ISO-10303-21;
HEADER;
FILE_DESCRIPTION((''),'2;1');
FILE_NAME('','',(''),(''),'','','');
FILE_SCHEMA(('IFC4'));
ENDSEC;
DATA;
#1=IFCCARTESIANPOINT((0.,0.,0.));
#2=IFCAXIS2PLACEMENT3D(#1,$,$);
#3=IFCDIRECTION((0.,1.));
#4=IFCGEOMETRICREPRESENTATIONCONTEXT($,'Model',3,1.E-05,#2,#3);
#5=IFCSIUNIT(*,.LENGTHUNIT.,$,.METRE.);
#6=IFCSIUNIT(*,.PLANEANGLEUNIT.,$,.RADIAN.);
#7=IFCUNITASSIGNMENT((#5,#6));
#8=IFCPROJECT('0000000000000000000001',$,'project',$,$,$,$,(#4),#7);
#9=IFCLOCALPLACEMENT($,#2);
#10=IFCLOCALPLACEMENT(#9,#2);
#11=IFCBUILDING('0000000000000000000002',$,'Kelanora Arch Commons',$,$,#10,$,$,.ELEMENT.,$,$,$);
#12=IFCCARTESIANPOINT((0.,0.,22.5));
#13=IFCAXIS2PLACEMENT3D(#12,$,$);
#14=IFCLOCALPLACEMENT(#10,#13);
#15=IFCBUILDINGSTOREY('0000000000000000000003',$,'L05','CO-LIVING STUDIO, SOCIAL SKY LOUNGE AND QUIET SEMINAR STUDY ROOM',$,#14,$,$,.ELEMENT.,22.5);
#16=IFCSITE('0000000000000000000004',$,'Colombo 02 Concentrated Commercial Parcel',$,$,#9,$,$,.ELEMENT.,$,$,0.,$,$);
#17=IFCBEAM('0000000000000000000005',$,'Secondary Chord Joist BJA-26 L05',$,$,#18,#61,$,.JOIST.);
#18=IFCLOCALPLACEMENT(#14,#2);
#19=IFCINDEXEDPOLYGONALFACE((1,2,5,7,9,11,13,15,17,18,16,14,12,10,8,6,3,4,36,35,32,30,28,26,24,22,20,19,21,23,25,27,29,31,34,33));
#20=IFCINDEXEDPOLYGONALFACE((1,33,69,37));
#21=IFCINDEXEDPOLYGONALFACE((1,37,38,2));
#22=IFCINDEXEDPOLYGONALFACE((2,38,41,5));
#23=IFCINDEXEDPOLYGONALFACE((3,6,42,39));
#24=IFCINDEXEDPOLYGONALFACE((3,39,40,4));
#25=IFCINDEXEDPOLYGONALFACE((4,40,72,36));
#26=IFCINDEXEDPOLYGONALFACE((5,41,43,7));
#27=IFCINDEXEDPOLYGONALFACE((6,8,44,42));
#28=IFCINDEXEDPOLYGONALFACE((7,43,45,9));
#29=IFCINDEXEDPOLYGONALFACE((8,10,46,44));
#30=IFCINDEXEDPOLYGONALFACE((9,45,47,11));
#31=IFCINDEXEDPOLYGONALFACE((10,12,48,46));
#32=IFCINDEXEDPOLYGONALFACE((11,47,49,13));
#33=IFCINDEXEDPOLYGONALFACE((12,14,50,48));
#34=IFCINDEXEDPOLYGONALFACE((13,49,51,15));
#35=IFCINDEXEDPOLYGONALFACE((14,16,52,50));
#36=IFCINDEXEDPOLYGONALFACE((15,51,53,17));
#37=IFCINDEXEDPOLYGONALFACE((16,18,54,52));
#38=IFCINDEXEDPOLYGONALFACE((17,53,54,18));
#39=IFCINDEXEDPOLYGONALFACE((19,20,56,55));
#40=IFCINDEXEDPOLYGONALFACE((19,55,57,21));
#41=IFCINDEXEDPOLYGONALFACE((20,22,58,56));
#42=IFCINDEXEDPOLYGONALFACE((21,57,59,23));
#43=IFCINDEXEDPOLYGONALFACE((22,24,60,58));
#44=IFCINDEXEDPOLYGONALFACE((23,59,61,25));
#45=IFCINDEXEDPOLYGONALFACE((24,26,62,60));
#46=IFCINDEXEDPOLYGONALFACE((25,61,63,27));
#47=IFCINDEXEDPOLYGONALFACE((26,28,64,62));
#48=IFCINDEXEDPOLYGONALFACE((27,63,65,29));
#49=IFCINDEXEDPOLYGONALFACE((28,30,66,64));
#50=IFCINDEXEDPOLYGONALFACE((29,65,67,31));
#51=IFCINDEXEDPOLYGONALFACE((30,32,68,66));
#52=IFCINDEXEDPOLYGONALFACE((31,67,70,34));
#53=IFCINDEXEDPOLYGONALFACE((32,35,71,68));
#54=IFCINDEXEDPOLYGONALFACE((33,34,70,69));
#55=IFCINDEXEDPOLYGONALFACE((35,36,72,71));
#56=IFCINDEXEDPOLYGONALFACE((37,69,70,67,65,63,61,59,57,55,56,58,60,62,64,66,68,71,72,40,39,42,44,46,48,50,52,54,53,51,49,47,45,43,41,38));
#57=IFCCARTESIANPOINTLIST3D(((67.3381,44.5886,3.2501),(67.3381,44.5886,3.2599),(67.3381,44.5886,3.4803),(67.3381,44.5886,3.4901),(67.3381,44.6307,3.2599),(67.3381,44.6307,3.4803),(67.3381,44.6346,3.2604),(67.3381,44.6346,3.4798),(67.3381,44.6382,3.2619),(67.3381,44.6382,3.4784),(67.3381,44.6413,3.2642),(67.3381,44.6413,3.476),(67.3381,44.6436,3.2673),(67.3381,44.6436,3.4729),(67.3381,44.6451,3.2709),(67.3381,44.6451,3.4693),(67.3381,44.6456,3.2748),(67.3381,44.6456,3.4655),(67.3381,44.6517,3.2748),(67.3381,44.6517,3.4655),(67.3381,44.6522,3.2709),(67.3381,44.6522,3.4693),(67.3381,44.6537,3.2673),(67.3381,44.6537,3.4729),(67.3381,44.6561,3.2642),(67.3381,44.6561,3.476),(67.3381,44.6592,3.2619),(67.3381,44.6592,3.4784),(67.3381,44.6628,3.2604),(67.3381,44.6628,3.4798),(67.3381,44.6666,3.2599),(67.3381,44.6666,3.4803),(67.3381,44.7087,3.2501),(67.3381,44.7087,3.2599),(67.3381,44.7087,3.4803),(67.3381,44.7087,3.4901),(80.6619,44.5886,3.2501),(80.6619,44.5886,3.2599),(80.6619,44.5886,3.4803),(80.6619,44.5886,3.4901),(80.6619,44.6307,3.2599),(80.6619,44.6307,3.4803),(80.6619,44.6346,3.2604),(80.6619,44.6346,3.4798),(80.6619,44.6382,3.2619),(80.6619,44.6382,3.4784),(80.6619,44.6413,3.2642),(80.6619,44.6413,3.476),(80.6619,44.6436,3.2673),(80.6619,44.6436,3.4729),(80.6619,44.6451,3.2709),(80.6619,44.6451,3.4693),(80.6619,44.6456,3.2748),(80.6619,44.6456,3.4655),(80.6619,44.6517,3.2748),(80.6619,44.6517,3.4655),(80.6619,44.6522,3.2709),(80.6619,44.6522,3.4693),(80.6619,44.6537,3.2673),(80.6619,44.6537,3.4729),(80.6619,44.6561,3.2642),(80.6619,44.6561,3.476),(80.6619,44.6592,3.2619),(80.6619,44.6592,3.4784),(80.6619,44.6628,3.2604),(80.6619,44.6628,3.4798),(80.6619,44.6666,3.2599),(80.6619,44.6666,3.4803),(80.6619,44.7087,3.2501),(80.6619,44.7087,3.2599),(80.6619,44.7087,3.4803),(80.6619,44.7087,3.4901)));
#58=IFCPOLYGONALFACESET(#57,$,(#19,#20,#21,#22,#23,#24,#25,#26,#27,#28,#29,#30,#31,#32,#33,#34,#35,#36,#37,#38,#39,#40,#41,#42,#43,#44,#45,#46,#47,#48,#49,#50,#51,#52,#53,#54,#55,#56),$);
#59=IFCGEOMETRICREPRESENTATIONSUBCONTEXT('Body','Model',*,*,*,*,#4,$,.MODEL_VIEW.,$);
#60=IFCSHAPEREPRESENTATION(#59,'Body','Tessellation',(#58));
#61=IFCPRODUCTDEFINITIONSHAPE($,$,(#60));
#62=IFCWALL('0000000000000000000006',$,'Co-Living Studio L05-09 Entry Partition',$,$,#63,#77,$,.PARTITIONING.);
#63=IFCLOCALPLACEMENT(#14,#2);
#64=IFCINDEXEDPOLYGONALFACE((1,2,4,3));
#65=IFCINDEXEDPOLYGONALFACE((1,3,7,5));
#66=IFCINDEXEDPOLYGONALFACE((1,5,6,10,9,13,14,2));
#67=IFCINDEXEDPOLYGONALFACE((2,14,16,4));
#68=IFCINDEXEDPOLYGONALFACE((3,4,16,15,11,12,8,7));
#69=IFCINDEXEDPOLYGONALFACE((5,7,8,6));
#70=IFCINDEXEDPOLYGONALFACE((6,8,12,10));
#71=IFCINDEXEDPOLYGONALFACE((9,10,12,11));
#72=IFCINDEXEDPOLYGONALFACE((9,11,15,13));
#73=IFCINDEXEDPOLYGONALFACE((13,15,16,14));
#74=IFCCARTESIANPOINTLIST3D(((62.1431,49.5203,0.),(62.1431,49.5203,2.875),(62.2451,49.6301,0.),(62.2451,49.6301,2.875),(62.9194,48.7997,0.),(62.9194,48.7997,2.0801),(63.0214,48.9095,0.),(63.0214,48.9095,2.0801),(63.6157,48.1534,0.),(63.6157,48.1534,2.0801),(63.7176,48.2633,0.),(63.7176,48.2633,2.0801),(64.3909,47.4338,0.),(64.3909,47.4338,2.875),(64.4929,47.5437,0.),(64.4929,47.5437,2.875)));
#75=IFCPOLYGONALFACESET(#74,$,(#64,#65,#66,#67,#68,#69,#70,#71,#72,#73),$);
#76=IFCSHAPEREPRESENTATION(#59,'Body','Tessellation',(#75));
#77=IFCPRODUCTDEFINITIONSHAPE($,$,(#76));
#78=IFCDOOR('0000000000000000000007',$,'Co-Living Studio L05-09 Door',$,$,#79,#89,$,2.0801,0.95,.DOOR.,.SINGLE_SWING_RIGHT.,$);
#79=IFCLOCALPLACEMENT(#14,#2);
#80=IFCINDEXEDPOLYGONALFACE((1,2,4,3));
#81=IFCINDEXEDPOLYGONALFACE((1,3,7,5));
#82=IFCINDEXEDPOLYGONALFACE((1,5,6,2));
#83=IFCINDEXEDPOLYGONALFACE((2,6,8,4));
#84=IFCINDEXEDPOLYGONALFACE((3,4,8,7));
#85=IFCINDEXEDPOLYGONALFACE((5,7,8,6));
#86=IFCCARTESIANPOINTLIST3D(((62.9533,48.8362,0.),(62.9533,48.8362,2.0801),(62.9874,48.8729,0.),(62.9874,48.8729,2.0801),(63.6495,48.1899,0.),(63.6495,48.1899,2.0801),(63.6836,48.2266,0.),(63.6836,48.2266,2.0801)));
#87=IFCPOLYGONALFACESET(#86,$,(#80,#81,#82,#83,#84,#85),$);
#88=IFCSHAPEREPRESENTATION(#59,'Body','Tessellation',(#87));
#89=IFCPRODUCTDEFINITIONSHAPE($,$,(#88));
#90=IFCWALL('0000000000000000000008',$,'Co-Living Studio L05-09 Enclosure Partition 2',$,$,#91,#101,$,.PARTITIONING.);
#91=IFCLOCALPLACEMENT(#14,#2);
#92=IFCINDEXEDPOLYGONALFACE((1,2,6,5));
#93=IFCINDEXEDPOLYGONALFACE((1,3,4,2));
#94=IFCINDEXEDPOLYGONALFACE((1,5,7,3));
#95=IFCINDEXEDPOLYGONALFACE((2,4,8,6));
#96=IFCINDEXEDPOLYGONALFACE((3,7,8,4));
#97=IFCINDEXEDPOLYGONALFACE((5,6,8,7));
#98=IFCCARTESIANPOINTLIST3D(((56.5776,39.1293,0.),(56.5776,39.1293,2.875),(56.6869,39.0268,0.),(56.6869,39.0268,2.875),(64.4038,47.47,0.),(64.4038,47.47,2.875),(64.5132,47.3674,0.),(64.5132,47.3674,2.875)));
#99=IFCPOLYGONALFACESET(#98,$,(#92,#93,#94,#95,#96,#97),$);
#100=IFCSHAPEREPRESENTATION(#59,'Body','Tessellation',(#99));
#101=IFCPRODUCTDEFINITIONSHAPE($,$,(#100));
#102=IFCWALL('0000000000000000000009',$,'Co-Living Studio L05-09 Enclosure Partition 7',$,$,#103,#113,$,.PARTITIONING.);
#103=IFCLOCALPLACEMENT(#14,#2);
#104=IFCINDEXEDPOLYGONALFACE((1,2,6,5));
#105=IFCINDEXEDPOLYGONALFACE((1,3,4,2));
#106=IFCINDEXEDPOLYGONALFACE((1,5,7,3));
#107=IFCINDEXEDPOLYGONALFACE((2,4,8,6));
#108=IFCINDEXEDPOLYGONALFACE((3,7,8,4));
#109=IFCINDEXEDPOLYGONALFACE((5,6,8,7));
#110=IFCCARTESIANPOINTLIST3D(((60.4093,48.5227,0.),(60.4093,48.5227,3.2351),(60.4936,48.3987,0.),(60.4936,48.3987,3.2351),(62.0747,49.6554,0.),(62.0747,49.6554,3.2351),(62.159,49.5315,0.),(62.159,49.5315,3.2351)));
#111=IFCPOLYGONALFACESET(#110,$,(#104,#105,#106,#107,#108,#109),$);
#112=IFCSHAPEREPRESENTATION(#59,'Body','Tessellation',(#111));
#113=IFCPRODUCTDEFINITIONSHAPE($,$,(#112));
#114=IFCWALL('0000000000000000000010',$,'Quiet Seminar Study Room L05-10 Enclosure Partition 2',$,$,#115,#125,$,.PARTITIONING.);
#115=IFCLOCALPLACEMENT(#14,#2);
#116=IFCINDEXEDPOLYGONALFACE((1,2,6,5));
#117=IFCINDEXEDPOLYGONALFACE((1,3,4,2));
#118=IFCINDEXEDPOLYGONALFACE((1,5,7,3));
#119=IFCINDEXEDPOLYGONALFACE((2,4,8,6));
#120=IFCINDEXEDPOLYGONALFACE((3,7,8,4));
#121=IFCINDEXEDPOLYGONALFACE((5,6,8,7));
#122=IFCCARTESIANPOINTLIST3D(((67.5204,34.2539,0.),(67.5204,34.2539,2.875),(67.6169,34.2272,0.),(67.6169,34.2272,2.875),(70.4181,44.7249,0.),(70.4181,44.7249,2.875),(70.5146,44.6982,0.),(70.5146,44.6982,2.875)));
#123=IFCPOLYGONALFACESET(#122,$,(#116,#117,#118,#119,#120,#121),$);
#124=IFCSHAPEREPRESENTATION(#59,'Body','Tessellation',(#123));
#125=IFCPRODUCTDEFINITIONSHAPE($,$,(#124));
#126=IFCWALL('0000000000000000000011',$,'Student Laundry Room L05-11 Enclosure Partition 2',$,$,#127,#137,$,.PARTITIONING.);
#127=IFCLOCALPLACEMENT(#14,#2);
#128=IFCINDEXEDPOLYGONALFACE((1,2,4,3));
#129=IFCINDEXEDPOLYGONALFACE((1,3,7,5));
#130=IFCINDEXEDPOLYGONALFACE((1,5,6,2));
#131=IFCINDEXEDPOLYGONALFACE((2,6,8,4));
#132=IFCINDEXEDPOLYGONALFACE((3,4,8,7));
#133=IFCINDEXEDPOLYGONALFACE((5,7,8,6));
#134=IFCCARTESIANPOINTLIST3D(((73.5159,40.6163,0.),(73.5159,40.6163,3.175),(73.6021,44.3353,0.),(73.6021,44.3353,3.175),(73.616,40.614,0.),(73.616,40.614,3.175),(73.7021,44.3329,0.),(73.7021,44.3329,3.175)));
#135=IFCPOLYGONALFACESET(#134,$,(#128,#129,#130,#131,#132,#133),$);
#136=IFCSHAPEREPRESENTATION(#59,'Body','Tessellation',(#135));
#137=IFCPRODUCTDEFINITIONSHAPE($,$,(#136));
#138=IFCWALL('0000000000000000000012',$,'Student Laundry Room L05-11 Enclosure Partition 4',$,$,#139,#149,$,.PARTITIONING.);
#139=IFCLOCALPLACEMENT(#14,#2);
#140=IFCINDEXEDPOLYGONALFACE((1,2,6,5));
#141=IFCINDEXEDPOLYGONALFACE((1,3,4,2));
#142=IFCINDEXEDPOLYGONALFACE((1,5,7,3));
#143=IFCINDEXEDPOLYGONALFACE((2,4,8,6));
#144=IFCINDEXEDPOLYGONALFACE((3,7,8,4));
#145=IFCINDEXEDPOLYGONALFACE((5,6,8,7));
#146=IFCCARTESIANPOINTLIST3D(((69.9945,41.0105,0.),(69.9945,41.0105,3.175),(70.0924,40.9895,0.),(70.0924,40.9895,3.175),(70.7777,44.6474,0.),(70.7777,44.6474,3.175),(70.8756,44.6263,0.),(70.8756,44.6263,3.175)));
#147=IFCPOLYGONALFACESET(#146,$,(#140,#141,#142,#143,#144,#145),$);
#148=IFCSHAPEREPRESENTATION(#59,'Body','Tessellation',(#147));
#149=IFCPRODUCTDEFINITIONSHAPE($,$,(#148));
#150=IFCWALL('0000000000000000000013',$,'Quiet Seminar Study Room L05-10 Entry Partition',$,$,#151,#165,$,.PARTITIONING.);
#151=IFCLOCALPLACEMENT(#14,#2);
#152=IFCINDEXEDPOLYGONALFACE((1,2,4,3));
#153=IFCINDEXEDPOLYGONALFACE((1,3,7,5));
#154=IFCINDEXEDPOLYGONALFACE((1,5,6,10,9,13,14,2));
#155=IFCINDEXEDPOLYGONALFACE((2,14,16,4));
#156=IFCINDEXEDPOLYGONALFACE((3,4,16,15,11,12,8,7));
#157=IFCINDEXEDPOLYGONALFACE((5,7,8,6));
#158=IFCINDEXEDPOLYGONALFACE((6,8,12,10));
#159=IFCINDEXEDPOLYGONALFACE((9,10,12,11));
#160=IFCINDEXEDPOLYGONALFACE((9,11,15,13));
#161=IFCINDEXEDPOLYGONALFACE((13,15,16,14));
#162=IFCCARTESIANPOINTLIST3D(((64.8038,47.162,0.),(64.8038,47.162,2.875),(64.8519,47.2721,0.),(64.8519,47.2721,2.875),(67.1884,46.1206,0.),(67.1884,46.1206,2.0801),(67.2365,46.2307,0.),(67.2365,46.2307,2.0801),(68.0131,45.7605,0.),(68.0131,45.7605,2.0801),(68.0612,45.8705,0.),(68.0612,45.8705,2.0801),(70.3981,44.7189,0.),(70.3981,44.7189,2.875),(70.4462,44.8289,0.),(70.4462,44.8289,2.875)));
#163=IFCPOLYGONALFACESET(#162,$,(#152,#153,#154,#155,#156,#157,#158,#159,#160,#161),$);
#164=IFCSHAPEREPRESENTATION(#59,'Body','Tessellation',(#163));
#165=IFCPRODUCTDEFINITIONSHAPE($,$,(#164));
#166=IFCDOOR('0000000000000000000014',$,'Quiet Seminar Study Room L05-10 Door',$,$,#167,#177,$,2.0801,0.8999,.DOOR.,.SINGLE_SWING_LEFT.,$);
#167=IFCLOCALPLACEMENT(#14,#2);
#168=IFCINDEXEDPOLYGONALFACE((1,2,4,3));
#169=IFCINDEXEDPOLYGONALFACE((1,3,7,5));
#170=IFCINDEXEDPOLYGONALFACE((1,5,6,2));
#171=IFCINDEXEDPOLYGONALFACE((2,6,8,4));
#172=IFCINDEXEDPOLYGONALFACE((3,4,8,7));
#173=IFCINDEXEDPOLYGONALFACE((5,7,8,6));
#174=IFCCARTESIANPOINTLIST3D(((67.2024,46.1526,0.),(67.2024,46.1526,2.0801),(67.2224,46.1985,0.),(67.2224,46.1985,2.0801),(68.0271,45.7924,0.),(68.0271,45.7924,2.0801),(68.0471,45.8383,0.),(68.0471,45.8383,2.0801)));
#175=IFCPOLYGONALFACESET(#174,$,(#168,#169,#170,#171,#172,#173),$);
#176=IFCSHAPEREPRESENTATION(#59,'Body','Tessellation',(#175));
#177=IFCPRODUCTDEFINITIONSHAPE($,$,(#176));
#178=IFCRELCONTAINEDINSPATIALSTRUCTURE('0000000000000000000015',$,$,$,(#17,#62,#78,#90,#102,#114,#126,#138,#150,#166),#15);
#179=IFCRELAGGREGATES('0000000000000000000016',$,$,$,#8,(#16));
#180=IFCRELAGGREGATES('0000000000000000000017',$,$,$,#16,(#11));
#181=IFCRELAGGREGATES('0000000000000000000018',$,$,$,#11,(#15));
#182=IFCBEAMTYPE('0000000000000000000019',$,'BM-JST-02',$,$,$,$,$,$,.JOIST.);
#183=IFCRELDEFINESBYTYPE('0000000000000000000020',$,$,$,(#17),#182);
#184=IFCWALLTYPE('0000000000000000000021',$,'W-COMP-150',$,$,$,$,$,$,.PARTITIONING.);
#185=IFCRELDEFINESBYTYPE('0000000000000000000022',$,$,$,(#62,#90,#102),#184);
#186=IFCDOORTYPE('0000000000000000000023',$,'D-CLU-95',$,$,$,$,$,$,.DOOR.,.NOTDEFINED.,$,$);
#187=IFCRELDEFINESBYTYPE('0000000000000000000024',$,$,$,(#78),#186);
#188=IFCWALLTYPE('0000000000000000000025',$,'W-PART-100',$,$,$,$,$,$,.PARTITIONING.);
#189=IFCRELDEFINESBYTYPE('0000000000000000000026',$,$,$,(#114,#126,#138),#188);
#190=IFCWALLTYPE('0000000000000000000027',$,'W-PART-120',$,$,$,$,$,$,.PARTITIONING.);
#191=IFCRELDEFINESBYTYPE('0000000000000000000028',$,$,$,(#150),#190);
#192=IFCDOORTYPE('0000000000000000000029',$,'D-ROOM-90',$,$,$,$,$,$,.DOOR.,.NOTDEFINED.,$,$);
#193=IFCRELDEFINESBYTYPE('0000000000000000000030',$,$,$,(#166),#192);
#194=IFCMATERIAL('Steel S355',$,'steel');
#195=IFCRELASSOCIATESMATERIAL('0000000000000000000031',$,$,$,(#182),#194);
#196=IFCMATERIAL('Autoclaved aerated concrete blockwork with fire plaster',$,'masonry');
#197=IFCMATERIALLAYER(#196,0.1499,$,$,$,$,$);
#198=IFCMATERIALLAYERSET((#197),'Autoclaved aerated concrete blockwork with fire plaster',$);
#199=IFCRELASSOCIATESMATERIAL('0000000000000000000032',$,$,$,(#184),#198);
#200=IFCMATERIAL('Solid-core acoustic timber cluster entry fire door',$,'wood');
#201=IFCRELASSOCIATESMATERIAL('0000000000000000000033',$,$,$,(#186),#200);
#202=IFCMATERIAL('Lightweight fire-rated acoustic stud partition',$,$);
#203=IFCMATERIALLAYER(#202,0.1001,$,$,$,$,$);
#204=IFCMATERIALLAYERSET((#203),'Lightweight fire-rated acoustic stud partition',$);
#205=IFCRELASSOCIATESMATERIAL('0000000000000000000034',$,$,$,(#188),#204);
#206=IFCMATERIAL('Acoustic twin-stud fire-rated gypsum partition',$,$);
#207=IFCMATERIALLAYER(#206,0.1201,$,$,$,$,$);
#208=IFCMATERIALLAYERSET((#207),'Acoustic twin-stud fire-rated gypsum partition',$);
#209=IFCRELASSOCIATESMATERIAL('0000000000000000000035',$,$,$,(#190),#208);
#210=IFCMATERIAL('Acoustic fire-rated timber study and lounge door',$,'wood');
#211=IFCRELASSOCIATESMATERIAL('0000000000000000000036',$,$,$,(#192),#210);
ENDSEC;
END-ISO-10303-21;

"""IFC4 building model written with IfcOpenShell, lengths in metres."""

from ifc_helpers import new_model, si_unit, direction, frame, frame_2d, origin, origin_2d, place, context, subcontext, project, spatial, rectangle, i_section, extrude, material, layer, layer_set, material_profile, profile_set, type_object, element, fill, save


model = new_model("IFC4")

# Units and contexts
model_context = context("Model", 3, precision=1e-05, world=origin(), true_north=direction((0.0, 1.0)))
body_context = subcontext(model_context, "Body", "Model", "MODEL_VIEW")
ifc_project = project(units=[si_unit("LENGTHUNIT", "METRE"), si_unit("PLANEANGLEUNIT", "RADIAN")], contexts=[model_context])

# Site, building, storey
site_placement = place(None, origin())
site = spatial("IfcSite", under=ifc_project, at=site_placement, Name="Colombo 02 Concentrated Commercial Parcel", CompositionType="ELEMENT", RefElevation=0.0)
building_placement = place(site_placement, origin())
building = spatial("IfcBuilding", under=site, at=building_placement, Name="Kelanora Arch Commons", CompositionType="ELEMENT")
storey_placement = place(building_placement, frame((0.0, 0.0, 22.5)))
storey = spatial("IfcBuildingStorey", under=building, at=storey_placement, Name="L05", Description="CO-LIVING STUDIO, SOCIAL SKY LOUNGE AND QUIET SEMINAR STUDY ROOM", CompositionType="ELEMENT", Elevation=22.5)

# Beam
ifc_material_1 = material(Name="Steel S355", Category="steel")
ifc_material_profile_1 = material_profile(ifc_material_1, i_section(OverallWidth=0.1201, OverallDepth=0.24, WebThickness=0.0061, FlangeThickness=0.0098, FilletRadius=0.0149, at=origin_2d()), Name="IPE240")
ifc_profile_set_1 = profile_set([ifc_material_profile_1], Name="Steel S355")
beam_type_1 = type_object("IfcBeamType", Name="BM-JST-02", PredefinedType="JOIST", material=ifc_profile_set_1)
beam_1_placement = place(storey_placement, frame((67.3381, 44.6487, 3.3701), z_axis=(1.0, 0.0, 0.0), x_axis=(0.0, 1.0, 0.0)))
element("IfcBeam", 1, at=beam_1_placement, inside=storey, type_object=beam_type_1, Name="Secondary Chord Joist BJA-26 L05", PredefinedType="JOIST", context=body_context, shape_type="SweptSolid", body=[
    extrude(i_section(OverallWidth=0.1201, OverallDepth=0.24, WebThickness=0.0061, FlangeThickness=0.0098, FilletRadius=0.0149, at=origin_2d()), origin(), (0.0, 0.0, 1.0), 13.3237),
])

# Wall, opening, door
ifc_material_2 = material(Name="Autoclaved aerated concrete blockwork with fire plaster", Category="masonry")
ifc_layer_1 = layer(ifc_material_2, 0.1499)
ifc_layer_set_1 = layer_set([ifc_layer_1], Name="Autoclaved aerated concrete blockwork with fire plaster")
wall_type_1 = type_object("IfcWallType", Name="W-COMP-150", PredefinedType="PARTITIONING", material=ifc_layer_set_1)
wall_1_placement = place(storey_placement, frame((62.1941, 49.5752, 0.0), z_axis=(0.0, 0.0, 1.0), x_axis=(0.732927, -0.680308, 0.0)))
wall_1 = element("IfcWall", 2, at=wall_1_placement, inside=storey, type_object=wall_type_1, Name="Co-Living Studio L05-09 Entry Partition", PredefinedType="PARTITIONING", context=body_context, shape_type="SweptSolid", body=[
    extrude(rectangle(XDim=3.0669, YDim=0.1499, at=frame_2d((1.5334, 0.0))), origin(), (0.0, 0.0, 1.0), 2.875),
])
opening_1_placement = place(wall_1_placement, frame((1.0591, 0.0, 0.0)))
opening_1 = element("IfcOpeningElement", 3, at=opening_1_placement, cuts=wall_1, PredefinedType="OPENING", context=body_context, shape_type="SweptSolid", body=[
    extrude(rectangle(XDim=0.95, YDim=2.0801, at=frame_2d((0.4751, 1.04))), frame((0.0, 0.085, 0.0), z_axis=(0.0, -1.0, 0.0), x_axis=(1.0, 0.0, 0.0)), (0.0, 0.0, 1.0), 0.1699),
])
ifc_material_3 = material(Name="Solid-core acoustic timber cluster entry fire door", Category="wood")
door_type_1 = type_object("IfcDoorType", Name="D-CLU-95", OperationType="NOTDEFINED", PredefinedType="DOOR", material=ifc_material_3)
door_1_placement = place(opening_1_placement, origin())
door_1 = element("IfcDoor", 4, at=door_1_placement, inside=storey, type_object=door_type_1, Name="Co-Living Studio L05-09 Door", OperationType="SINGLE_SWING_RIGHT", OverallHeight=2.0801, OverallWidth=0.95, PredefinedType="DOOR", context=body_context, shape_type="SweptSolid", body=[
    extrude(rectangle(XDim=0.95, YDim=2.0801, at=frame_2d((0.4751, 1.04))), frame((0.0, 0.0249, 0.0), z_axis=(0.0, -1.0, 0.0), x_axis=(1.0, 0.0, 0.0)), (0.0, 0.0, 1.0), 0.05),
])
fill(opening_1, door_1)

# Walls
wall_2_placement = place(storey_placement, frame((64.4585, 47.4187, 0.0), z_axis=(0.0, 0.0, 1.0), x_axis=(-0.684261, -0.729237, 0.0)))
element("IfcWall", 5, at=wall_2_placement, inside=storey, type_object=wall_type_1, Name="Co-Living Studio L05-09 Enclosure Partition 2", PredefinedType="PARTITIONING", context=body_context, shape_type="SweptSolid", body=[
    extrude(rectangle(XDim=11.4375, YDim=0.1499, at=frame_2d((5.7188, 0.0))), origin(), (0.0, 0.0, 1.0), 2.875),
])
wall_3_placement = place(storey_placement, frame((60.4514, 48.4607, 0.0), z_axis=(0.0, 0.0, 1.0), x_axis=(0.826868, 0.562396, 0.0)))
element("IfcWall", 6, at=wall_3_placement, inside=storey, type_object=wall_type_1, Name="Co-Living Studio L05-09 Enclosure Partition 7", PredefinedType="PARTITIONING", context=body_context, shape_type="SweptSolid", body=[
    extrude(rectangle(XDim=2.0142, YDim=0.1499, at=frame_2d((1.0071, 0.0))), origin(), (0.0, 0.0, 1.0), 3.2351),
])
ifc_material_4 = material(Name="Lightweight fire-rated acoustic stud partition")
ifc_layer_2 = layer(ifc_material_4, 0.1001)
ifc_layer_set_2 = layer_set([ifc_layer_2], Name="Lightweight fire-rated acoustic stud partition")
wall_type_2 = type_object("IfcWallType", Name="W-PART-100", PredefinedType="PARTITIONING", material=ifc_layer_set_2)
wall_4_placement = place(storey_placement, frame((70.4663, 44.7114, 0.0), z_axis=(0.0, 0.0, 1.0), x_axis=(-0.266713, -0.963776, 0.0)))
element("IfcWall", 7, at=wall_4_placement, inside=storey, type_object=wall_type_2, Name="Quiet Seminar Study Room L05-10 Enclosure Partition 2", PredefinedType="PARTITIONING", context=body_context, shape_type="SweptSolid", body=[
    extrude(rectangle(XDim=10.8645, YDim=0.1001, at=frame_2d((5.4321, 0.0))), origin(), (0.0, 0.0, 1.0), 2.875),
])
wall_5_placement = place(storey_placement, frame((73.6521, 44.334, 0.0), z_axis=(0.0, 0.0, 1.0), x_axis=(-0.023167, -0.999732, 0.0)))
element("IfcWall", 8, at=wall_5_placement, inside=storey, type_object=wall_type_2, Name="Student Laundry Room L05-11 Enclosure Partition 2", PredefinedType="PARTITIONING", context=body_context, shape_type="SweptSolid", body=[
    extrude(rectangle(XDim=3.72, YDim=0.1001, at=frame_2d((1.8599, 0.0))), origin(), (0.0, 0.0, 1.0), 3.175),
])
wall_6_placement = place(storey_placement, frame((70.0435, 41.0, 0.0), z_axis=(0.0, 0.0, 1.0), x_axis=(0.210519, 0.97759, 0.0)))
element("IfcWall", 9, at=wall_6_placement, inside=storey, type_object=wall_type_2, Name="Student Laundry Room L05-11 Enclosure Partition 4", PredefinedType="PARTITIONING", context=body_context, shape_type="SweptSolid", body=[
    extrude(rectangle(XDim=3.7202, YDim=0.1001, at=frame_2d((1.8601, 0.0))), origin(), (0.0, 0.0, 1.0), 3.175),
])

# Wall, opening, door
ifc_material_5 = material(Name="Acoustic twin-stud fire-rated gypsum partition")
ifc_layer_3 = layer(ifc_material_5, 0.1201)
ifc_layer_set_3 = layer_set([ifc_layer_3], Name="Acoustic twin-stud fire-rated gypsum partition")
wall_type_3 = type_object("IfcWallType", Name="W-PART-120", PredefinedType="PARTITIONING", material=ifc_layer_set_3)
wall_7_placement = place(storey_placement, frame((64.8279, 47.217, 0.0), z_axis=(0.0, 0.0, 1.0), x_axis=(0.91642, -0.400219, 0.0)))
wall_7 = element("IfcWall", 10, at=wall_7_placement, inside=storey, type_object=wall_type_3, Name="Quiet Seminar Study Room L05-10 Entry Partition", PredefinedType="PARTITIONING", context=body_context, shape_type="SweptSolid", body=[
    extrude(rectangle(XDim=6.1045, YDim=0.1201, at=frame_2d((3.0522, 0.0))), origin(), (0.0, 0.0, 1.0), 2.875),
])
opening_2_placement = place(wall_7_placement, frame((2.6021, 0.0, 0.0)))
opening_2 = element("IfcOpeningElement", 11, at=opening_2_placement, cuts=wall_7, PredefinedType="OPENING", context=body_context, shape_type="SweptSolid", body=[
    extrude(rectangle(XDim=0.8999, YDim=2.0801, at=frame_2d((0.45, 1.04))), frame((0.0, 0.0701, 0.0), z_axis=(0.0, -1.0, 0.0), x_axis=(1.0, 0.0, 0.0)), (0.0, 0.0, 1.0), 0.1401),
])
ifc_material_6 = material(Name="Acoustic fire-rated timber study and lounge door", Category="wood")
door_type_2 = type_object("IfcDoorType", Name="D-ROOM-90", OperationType="NOTDEFINED", PredefinedType="DOOR", material=ifc_material_6)
door_2_placement = place(opening_2_placement, origin())
door_2 = element("IfcDoor", 12, at=door_2_placement, inside=storey, type_object=door_type_2, Name="Quiet Seminar Study Room L05-10 Door", OperationType="SINGLE_SWING_LEFT", OverallHeight=2.0801, OverallWidth=0.8999, PredefinedType="DOOR", context=body_context, shape_type="SweptSolid", body=[
    extrude(rectangle(XDim=0.8999, YDim=2.0801, at=frame_2d((0.45, 1.04))), frame((0.0, 0.0249, 0.0), z_axis=(0.0, -1.0, 0.0), x_axis=(1.0, 0.0, 0.0)), (0.0, 0.0, 1.0), 0.05),
])
fill(opening_2, door_2)

save(model, "model.ifc")
